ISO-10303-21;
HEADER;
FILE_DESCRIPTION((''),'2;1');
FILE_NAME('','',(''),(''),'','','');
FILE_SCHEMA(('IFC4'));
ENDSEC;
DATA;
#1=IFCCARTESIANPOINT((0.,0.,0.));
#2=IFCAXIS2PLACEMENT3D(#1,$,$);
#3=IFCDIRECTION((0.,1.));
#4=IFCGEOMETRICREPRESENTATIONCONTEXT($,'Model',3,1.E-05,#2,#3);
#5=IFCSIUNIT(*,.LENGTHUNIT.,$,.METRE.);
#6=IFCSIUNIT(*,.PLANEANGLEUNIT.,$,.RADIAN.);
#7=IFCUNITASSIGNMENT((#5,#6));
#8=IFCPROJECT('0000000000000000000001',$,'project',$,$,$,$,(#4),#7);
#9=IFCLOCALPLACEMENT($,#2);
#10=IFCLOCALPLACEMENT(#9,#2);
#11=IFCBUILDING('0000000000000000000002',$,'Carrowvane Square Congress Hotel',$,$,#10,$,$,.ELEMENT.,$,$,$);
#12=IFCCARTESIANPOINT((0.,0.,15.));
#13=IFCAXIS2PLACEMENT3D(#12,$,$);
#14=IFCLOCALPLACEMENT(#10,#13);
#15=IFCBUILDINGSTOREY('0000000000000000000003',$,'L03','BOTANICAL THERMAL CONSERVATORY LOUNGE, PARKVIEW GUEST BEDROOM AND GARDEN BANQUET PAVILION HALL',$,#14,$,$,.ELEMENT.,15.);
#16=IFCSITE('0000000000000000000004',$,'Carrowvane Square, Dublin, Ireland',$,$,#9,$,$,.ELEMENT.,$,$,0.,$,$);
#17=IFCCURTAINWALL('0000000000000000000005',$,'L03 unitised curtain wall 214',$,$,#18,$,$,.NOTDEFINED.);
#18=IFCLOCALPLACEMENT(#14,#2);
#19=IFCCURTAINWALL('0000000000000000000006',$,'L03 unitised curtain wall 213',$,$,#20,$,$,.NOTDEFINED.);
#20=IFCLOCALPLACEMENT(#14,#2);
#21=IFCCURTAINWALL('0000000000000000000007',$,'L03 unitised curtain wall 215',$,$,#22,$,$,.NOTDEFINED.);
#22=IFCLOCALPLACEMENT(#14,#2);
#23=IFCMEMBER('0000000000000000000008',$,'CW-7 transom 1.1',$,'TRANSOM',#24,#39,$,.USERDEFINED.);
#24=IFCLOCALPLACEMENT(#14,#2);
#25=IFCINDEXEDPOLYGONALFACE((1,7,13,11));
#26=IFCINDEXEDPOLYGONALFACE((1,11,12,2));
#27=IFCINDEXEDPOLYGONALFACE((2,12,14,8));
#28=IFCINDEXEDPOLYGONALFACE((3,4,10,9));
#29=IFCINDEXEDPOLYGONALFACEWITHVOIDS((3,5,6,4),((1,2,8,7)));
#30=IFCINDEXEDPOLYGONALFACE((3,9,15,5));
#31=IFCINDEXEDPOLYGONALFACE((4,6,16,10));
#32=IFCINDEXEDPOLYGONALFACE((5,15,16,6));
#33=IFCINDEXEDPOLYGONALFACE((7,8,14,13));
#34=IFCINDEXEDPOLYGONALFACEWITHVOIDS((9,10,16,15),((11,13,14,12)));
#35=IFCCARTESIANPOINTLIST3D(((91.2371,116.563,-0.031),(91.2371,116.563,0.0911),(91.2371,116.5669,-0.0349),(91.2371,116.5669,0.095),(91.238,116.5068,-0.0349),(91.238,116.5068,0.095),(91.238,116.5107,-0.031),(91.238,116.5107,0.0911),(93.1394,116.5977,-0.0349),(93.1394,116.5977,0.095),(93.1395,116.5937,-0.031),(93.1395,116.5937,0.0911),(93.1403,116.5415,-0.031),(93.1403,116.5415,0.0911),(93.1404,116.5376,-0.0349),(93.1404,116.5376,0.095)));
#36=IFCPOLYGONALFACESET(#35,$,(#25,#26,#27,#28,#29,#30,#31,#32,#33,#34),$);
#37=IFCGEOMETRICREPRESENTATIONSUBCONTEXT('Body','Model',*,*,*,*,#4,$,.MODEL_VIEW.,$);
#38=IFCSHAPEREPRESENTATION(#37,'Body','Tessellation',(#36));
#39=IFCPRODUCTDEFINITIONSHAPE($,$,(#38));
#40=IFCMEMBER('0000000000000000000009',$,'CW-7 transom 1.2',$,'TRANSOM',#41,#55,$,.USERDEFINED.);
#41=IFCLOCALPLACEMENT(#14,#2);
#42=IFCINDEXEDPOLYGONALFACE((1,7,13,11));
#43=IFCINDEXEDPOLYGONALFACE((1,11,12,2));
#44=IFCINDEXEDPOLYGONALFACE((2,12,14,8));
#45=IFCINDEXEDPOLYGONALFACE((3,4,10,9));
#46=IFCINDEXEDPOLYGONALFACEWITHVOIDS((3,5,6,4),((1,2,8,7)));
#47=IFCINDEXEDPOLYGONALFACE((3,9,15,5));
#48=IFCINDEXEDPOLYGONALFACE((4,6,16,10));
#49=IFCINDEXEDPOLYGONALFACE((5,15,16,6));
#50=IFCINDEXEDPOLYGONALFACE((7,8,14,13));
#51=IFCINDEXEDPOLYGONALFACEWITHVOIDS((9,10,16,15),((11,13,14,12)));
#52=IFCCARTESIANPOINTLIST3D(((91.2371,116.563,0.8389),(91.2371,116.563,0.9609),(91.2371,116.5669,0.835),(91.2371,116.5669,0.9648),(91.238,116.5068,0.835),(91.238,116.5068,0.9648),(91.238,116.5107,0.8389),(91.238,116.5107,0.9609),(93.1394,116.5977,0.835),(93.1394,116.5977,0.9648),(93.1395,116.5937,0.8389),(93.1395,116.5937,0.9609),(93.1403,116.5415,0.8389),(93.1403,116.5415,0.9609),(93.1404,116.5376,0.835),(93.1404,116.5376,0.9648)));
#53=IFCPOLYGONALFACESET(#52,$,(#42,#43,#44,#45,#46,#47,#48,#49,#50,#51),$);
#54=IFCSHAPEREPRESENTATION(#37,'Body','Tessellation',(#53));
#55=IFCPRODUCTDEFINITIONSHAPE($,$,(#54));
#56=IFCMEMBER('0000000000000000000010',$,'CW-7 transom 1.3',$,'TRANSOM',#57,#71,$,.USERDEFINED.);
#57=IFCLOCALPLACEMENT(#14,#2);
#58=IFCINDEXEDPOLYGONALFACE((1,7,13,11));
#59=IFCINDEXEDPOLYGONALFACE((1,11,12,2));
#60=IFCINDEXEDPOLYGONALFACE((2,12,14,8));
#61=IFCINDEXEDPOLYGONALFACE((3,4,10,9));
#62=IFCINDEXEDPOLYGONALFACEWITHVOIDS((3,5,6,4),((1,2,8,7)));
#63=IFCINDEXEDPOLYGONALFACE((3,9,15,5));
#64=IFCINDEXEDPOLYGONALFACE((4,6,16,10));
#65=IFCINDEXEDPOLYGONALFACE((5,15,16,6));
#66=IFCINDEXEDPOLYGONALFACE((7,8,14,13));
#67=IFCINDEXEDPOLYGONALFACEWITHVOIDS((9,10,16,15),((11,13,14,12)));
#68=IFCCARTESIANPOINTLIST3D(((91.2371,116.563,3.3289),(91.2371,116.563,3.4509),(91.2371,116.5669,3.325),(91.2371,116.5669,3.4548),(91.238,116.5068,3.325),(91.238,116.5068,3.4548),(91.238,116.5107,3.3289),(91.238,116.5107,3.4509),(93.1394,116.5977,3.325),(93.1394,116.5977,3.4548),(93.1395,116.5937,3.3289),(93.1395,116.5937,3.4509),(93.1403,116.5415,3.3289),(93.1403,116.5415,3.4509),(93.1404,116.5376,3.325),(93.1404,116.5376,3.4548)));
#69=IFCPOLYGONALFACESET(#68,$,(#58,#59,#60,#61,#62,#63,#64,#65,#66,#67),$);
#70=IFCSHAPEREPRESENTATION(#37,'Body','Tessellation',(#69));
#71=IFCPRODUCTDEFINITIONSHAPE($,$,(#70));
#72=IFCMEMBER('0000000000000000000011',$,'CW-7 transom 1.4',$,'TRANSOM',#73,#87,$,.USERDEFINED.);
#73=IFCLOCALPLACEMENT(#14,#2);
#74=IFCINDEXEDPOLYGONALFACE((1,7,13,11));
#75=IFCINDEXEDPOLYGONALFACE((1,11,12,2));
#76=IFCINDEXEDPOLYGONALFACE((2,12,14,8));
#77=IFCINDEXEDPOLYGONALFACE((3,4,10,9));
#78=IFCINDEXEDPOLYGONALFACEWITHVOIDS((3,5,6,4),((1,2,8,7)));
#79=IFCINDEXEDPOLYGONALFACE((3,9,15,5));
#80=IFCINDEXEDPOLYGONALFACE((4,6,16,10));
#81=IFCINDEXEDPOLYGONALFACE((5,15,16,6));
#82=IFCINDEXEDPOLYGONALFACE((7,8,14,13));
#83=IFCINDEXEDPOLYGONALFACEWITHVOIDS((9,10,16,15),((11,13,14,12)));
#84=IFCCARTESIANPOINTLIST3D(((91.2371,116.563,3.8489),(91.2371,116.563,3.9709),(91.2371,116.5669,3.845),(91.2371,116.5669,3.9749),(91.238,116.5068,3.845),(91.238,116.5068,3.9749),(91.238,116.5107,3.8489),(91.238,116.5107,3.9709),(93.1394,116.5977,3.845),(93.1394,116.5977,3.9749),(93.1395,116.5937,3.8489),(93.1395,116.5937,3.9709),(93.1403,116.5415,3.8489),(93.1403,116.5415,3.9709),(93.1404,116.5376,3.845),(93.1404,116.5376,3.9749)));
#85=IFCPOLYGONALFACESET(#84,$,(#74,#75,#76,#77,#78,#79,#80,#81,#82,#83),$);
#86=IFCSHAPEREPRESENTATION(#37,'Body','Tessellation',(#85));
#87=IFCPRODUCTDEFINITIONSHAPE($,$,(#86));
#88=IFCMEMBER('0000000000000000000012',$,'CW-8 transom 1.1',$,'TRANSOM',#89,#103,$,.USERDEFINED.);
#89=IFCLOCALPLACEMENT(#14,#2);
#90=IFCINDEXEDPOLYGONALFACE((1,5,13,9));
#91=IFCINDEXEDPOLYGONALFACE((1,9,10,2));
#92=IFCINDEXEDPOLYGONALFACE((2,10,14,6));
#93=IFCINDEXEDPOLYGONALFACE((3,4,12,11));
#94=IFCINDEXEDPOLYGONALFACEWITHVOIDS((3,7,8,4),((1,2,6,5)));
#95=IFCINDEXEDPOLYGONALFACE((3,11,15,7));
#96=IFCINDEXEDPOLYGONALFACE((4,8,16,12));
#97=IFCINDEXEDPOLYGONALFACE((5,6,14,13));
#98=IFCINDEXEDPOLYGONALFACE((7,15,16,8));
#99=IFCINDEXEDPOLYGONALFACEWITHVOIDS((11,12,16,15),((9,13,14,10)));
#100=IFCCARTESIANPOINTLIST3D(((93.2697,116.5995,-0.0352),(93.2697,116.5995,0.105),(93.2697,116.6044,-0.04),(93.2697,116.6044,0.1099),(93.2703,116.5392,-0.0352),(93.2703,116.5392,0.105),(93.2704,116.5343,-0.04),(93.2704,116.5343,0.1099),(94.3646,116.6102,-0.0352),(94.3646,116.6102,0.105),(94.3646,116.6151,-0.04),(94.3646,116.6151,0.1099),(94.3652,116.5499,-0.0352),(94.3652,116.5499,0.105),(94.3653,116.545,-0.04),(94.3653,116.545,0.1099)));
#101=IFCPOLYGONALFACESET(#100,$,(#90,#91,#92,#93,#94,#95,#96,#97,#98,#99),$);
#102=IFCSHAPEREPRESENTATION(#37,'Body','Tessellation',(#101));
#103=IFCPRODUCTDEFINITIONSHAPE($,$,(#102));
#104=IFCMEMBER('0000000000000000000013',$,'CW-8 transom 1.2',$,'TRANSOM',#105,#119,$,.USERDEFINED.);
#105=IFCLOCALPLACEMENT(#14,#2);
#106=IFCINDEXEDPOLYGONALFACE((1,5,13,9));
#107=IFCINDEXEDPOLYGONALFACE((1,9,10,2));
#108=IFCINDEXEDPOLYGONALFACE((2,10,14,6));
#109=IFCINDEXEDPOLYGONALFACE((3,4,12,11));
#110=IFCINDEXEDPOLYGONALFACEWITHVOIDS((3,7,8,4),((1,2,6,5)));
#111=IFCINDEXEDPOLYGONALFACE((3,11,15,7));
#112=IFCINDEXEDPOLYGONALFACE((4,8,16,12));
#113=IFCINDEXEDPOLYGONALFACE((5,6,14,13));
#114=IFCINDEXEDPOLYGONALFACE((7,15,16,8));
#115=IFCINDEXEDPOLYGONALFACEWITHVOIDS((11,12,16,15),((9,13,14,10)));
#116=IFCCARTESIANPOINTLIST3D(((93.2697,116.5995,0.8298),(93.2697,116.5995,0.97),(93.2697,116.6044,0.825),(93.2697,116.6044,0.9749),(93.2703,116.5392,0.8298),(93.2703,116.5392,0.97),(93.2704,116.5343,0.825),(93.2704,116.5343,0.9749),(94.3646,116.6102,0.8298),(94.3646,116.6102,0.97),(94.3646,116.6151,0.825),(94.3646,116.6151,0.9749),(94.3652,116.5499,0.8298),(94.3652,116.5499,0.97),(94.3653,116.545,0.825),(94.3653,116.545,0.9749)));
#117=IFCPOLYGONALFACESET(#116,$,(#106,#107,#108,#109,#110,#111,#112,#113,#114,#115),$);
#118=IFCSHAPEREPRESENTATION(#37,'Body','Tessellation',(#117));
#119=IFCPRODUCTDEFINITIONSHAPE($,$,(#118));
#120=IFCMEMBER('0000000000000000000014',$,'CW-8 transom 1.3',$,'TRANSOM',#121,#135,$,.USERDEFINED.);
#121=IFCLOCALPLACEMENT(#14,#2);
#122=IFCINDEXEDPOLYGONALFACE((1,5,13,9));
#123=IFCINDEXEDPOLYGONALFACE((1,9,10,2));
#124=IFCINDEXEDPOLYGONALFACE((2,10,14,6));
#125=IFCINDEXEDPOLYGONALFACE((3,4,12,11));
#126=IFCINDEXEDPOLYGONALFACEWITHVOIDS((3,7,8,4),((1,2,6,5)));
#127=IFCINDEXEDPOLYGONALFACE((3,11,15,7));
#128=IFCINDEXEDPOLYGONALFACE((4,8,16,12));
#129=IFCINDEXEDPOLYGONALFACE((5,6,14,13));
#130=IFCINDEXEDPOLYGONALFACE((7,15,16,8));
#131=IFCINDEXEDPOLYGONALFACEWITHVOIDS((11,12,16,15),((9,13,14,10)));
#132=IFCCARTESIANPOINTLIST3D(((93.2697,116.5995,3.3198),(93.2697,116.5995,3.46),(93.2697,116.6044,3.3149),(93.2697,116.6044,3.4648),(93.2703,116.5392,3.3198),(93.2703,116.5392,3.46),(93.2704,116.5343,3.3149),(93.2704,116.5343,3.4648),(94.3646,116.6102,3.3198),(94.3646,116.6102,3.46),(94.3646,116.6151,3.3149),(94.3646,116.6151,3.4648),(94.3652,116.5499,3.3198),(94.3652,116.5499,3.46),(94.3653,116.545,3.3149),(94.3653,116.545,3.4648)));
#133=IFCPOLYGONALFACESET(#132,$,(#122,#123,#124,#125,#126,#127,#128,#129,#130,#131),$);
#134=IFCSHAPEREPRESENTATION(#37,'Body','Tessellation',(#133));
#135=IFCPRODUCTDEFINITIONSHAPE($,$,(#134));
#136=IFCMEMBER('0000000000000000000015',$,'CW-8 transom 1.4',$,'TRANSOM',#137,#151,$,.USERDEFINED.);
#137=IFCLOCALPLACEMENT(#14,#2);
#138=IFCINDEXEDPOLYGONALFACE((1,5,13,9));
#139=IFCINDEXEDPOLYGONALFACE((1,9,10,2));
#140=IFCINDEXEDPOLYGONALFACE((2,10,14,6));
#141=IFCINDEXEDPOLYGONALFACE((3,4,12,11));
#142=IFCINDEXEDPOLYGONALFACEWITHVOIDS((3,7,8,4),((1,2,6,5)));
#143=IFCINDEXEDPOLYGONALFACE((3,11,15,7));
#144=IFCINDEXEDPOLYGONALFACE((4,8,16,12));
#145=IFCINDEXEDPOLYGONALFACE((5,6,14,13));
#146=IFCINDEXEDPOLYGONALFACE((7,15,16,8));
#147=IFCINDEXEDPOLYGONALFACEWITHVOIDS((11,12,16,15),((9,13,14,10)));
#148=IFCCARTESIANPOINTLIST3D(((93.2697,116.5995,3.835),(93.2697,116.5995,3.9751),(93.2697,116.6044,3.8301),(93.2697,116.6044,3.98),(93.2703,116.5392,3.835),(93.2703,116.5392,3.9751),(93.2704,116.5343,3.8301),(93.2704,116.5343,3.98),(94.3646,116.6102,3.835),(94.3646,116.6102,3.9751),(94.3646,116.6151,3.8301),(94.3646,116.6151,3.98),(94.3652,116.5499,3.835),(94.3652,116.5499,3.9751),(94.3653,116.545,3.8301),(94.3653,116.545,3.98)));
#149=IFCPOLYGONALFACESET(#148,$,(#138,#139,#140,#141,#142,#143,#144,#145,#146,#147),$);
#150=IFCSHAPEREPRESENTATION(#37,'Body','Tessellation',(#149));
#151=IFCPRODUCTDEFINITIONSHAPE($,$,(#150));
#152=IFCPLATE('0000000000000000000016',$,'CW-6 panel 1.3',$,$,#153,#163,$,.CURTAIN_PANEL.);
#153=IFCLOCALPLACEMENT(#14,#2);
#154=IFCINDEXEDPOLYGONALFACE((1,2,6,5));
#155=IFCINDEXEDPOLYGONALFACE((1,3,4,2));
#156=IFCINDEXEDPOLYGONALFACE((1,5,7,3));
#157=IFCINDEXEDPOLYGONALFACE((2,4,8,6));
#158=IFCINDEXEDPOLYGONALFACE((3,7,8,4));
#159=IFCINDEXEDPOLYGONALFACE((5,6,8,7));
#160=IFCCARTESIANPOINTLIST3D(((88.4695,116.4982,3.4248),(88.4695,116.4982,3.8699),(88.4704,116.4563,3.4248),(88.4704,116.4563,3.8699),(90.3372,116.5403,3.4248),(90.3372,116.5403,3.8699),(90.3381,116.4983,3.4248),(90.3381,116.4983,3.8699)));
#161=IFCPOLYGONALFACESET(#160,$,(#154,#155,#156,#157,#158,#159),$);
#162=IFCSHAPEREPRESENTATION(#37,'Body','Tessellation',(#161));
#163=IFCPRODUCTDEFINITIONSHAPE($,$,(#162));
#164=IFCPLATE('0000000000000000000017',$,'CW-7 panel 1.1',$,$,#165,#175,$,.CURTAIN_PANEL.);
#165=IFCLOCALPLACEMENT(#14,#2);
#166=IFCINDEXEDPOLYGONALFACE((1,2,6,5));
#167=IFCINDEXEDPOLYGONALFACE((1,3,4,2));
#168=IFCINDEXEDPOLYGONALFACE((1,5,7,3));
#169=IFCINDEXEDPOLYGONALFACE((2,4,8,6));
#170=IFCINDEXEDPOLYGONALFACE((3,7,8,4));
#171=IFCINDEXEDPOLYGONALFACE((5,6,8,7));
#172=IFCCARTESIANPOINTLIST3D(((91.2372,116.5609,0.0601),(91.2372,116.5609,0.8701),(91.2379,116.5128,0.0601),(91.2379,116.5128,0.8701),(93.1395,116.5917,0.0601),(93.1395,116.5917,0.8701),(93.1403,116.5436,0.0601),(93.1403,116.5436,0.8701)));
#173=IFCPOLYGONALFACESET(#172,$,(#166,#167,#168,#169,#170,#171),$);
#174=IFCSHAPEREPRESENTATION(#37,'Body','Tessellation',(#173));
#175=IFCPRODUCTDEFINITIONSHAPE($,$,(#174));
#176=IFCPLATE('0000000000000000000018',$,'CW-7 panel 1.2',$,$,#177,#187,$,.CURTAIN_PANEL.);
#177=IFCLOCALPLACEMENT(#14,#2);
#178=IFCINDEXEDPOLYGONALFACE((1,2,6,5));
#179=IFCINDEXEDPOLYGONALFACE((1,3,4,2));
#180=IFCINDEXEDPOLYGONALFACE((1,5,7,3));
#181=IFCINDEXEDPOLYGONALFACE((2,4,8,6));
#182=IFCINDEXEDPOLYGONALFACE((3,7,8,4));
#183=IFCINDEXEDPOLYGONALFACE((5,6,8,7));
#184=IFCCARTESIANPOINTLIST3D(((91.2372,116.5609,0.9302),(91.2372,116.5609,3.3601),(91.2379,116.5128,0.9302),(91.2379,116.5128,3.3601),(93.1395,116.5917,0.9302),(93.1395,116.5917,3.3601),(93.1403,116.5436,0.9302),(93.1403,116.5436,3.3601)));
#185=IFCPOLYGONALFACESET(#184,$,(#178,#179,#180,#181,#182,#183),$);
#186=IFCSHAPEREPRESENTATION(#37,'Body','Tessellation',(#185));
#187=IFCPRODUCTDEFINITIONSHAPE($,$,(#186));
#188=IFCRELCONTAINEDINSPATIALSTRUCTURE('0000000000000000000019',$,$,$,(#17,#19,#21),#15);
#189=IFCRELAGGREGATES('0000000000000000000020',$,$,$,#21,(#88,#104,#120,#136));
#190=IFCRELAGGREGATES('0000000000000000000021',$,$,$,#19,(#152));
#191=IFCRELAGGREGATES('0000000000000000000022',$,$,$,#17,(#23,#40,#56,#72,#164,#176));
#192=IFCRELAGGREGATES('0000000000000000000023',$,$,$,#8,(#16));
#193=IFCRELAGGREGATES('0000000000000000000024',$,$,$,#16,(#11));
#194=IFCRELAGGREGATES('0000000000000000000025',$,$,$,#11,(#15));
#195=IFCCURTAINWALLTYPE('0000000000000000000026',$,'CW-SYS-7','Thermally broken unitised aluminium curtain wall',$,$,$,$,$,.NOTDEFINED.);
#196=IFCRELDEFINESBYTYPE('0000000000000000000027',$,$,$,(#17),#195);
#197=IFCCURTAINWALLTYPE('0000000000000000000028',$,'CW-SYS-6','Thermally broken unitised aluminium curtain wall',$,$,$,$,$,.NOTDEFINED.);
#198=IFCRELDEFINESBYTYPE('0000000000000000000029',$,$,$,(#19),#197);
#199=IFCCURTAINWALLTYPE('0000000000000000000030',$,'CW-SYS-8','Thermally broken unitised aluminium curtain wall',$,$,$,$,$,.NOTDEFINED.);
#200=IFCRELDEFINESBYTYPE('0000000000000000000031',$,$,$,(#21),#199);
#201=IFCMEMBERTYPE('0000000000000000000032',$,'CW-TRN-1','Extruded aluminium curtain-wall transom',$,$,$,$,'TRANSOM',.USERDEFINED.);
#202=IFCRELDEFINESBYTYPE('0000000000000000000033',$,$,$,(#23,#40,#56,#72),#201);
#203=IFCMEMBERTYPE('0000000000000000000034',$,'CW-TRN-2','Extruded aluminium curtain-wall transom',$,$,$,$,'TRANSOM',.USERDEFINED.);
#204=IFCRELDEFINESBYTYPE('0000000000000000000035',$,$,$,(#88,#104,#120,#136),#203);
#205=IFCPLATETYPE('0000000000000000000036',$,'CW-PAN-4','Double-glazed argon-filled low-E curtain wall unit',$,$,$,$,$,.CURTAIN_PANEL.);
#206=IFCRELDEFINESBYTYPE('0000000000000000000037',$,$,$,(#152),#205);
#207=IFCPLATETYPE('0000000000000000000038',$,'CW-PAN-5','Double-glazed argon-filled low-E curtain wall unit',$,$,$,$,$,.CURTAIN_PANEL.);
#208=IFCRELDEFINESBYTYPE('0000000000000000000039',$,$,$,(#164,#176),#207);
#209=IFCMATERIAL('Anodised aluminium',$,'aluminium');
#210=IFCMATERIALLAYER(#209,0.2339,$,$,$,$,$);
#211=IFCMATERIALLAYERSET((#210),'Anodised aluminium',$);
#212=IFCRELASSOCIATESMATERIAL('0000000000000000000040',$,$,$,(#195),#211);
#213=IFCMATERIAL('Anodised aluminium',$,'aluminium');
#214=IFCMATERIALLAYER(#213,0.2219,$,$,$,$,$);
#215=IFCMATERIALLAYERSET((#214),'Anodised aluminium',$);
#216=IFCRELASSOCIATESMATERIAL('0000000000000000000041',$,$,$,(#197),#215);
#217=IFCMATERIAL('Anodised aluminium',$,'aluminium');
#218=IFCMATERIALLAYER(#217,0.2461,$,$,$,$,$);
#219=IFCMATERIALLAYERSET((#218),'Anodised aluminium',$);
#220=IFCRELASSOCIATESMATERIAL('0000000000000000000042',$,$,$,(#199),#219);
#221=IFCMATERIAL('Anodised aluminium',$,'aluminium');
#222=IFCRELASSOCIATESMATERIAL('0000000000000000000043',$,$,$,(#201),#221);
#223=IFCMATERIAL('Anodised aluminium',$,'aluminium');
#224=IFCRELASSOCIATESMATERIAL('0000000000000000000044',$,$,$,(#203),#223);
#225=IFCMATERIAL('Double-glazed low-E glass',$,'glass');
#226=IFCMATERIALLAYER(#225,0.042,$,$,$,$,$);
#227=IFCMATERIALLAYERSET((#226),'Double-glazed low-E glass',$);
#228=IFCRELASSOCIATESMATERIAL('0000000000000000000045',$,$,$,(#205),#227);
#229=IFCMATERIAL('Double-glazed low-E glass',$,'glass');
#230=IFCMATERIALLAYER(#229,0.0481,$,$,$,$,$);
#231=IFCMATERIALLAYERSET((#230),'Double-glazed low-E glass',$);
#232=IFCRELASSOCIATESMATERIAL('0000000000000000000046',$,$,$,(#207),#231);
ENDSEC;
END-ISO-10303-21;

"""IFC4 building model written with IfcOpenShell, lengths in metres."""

from ifc_helpers import new_model, si_unit, direction, frame, origin, origin_2d, place, context, subcontext, project, spatial, rectangle, hollow_rectangle, extrude, material, layer, layer_set, material_profile, profile_set, type_object, element, aggregate, save


model = new_model("IFC4")

# Units and contexts
model_context = context("Model", 3, precision=1e-05, world=origin(), true_north=direction((0.0, 1.0)))
body_context = subcontext(model_context, "Body", "Model", "MODEL_VIEW")
ifc_project = project(units=[si_unit("LENGTHUNIT", "METRE"), si_unit("PLANEANGLEUNIT", "RADIAN")], contexts=[model_context])

# Site, building, storey
site_placement = place(None, origin())
site = spatial("IfcSite", under=ifc_project, at=site_placement, Name="Carrowvane Square, Dublin, Ireland", CompositionType="ELEMENT", RefElevation=0.0)
building_placement = place(site_placement, origin())
building = spatial("IfcBuilding", under=site, at=building_placement, Name="Carrowvane Square Congress Hotel", CompositionType="ELEMENT")
storey_placement = place(building_placement, frame((0.0, 0.0, 15.0)))
storey = spatial("IfcBuildingStorey", under=building, at=storey_placement, Name="L03", Description="BOTANICAL THERMAL CONSERVATORY LOUNGE, PARKVIEW GUEST BEDROOM AND GARDEN BANQUET PAVILION HALL", CompositionType="ELEMENT", Elevation=15.0)

# Curtain wall
ifc_material_1 = material(Name="Anodised aluminium", Category="aluminium")
ifc_layer_1 = layer(ifc_material_1, 0.2339)
ifc_layer_set_1 = layer_set([ifc_layer_1], Name="Anodised aluminium")
curtain_wall_type_1 = type_object("IfcCurtainWallType", Name="CW-SYS-7", Description="Thermally broken unitised aluminium curtain wall", PredefinedType="NOTDEFINED", material=ifc_layer_set_1)
curtain_wall_1_placement = place(storey_placement, origin())
curtain_wall_1 = element("IfcCurtainWall", 1, at=curtain_wall_1_placement, inside=storey, type_object=curtain_wall_type_1, Name="L03 unitised curtain wall 214", PredefinedType="NOTDEFINED")

# Curtain walls
ifc_material_2 = material(Name="Anodised aluminium", Category="aluminium")
ifc_layer_2 = layer(ifc_material_2, 0.2219)
ifc_layer_set_2 = layer_set([ifc_layer_2], Name="Anodised aluminium")
curtain_wall_type_2 = type_object("IfcCurtainWallType", Name="CW-SYS-6", Description="Thermally broken unitised aluminium curtain wall", PredefinedType="NOTDEFINED", material=ifc_layer_set_2)
curtain_wall_2_placement = place(storey_placement, origin())
curtain_wall_2 = element("IfcCurtainWall", 2, at=curtain_wall_2_placement, inside=storey, type_object=curtain_wall_type_2, Name="L03 unitised curtain wall 213", PredefinedType="NOTDEFINED")
ifc_material_3 = material(Name="Anodised aluminium", Category="aluminium")
ifc_layer_3 = layer(ifc_material_3, 0.2461)
ifc_layer_set_3 = layer_set([ifc_layer_3], Name="Anodised aluminium")
curtain_wall_type_3 = type_object("IfcCurtainWallType", Name="CW-SYS-8", Description="Thermally broken unitised aluminium curtain wall", PredefinedType="NOTDEFINED", material=ifc_layer_set_3)
curtain_wall_3_placement = place(storey_placement, origin())
curtain_wall_3 = element("IfcCurtainWall", 3, at=curtain_wall_3_placement, inside=storey, type_object=curtain_wall_type_3, Name="L03 unitised curtain wall 215", PredefinedType="NOTDEFINED")

# Members
ifc_material_4 = material(Name="Anodised aluminium", Category="aluminium")
ifc_material_profile_1 = material_profile(ifc_material_4, hollow_rectangle(XDim=0.0601, YDim=0.1299, WallThickness=0.0039, at=origin_2d()), Name="CW-TR 60x130x4")
ifc_profile_set_1 = profile_set([ifc_material_profile_1], Name="Anodised aluminium")
member_type_1 = type_object("IfcMemberType", Name="CW-TRN-1", Description="Extruded aluminium curtain-wall transom", ElementType="TRANSOM", PredefinedType="USERDEFINED", material=ifc_profile_set_1)
member_1_placement = place(storey_placement, frame((91.2375, 116.5369, 0.03), z_axis=(0.999869, 0.016168, 0.0), x_axis=(-0.016168, 0.999869, 0.0)))
member_1 = element("IfcMember", 4, at=member_1_placement, type_object=member_type_1, Name="CW-7 transom 1.1", ObjectType="TRANSOM", PredefinedType="USERDEFINED", context=body_context, shape_type="SweptSolid", body=[
    extrude(hollow_rectangle(XDim=0.0601, YDim=0.1299, WallThickness=0.0039, at=origin_2d()), origin(), (0.0, 0.0, 1.0), 1.9026),
])
member_2_placement = place(storey_placement, frame((91.2375, 116.5369, 0.8999), z_axis=(0.999869, 0.016168, 0.0), x_axis=(-0.016168, 0.999869, 0.0)))
member_2 = element("IfcMember", 5, at=member_2_placement, type_object=member_type_1, Name="CW-7 transom 1.2", ObjectType="TRANSOM", PredefinedType="USERDEFINED", context=body_context, shape_type="SweptSolid", body=[
    extrude(hollow_rectangle(XDim=0.0601, YDim=0.1299, WallThickness=0.0039, at=origin_2d()), origin(), (0.0, 0.0, 1.0), 1.9026),
])
member_3_placement = place(storey_placement, frame((91.2375, 116.5369, 3.3899), z_axis=(0.999869, 0.016168, 0.0), x_axis=(-0.016168, 0.999869, 0.0)))
member_3 = element("IfcMember", 6, at=member_3_placement, type_object=member_type_1, Name="CW-7 transom 1.3", ObjectType="TRANSOM", PredefinedType="USERDEFINED", context=body_context, shape_type="SweptSolid", body=[
    extrude(hollow_rectangle(XDim=0.0601, YDim=0.1299, WallThickness=0.0039, at=origin_2d()), origin(), (0.0, 0.0, 1.0), 1.9026),
])
member_4_placement = place(storey_placement, frame((91.2375, 116.5369, 3.9099), z_axis=(0.999869, 0.016168, 0.0), x_axis=(-0.016168, 0.999869, 0.0)))
member_4 = element("IfcMember", 7, at=member_4_placement, type_object=member_type_1, Name="CW-7 transom 1.4", ObjectType="TRANSOM", PredefinedType="USERDEFINED", context=body_context, shape_type="SweptSolid", body=[
    extrude(hollow_rectangle(XDim=0.0601, YDim=0.1299, WallThickness=0.0039, at=origin_2d()), origin(), (0.0, 0.0, 1.0), 1.9026),
])
ifc_material_5 = material(Name="Anodised aluminium", Category="aluminium")
ifc_material_profile_2 = material_profile(ifc_material_5, hollow_rectangle(XDim=0.0701, YDim=0.1499, WallThickness=0.0049, at=origin_2d()), Name="CW-TR 70x150x5")
ifc_profile_set_2 = profile_set([ifc_material_profile_2], Name="Anodised aluminium")
member_type_2 = type_object("IfcMemberType", Name="CW-TRN-2", Description="Extruded aluminium curtain-wall transom", ElementType="TRANSOM", PredefinedType="USERDEFINED", material=ifc_profile_set_2)
member_5_placement = place(storey_placement, frame((93.27, 116.5693, 0.0349), z_axis=(0.999952, 0.00981, 0.0), x_axis=(-0.00981, 0.999952, 0.0)))
member_5 = element("IfcMember", 8, at=member_5_placement, type_object=member_type_2, Name="CW-8 transom 1.1", ObjectType="TRANSOM", PredefinedType="USERDEFINED", context=body_context, shape_type="SweptSolid", body=[
    extrude(hollow_rectangle(XDim=0.0701, YDim=0.1499, WallThickness=0.0049, at=origin_2d()), origin(), (0.0, 0.0, 1.0), 1.095),
])
member_6_placement = place(storey_placement, frame((93.27, 116.5693, 0.8999), z_axis=(0.999952, 0.00981, 0.0), x_axis=(-0.00981, 0.999952, 0.0)))
member_6 = element("IfcMember", 9, at=member_6_placement, type_object=member_type_2, Name="CW-8 transom 1.2", ObjectType="TRANSOM", PredefinedType="USERDEFINED", context=body_context, shape_type="SweptSolid", body=[
    extrude(hollow_rectangle(XDim=0.0701, YDim=0.1499, WallThickness=0.0049, at=origin_2d()), origin(), (0.0, 0.0, 1.0), 1.095),
])
member_7_placement = place(storey_placement, frame((93.27, 116.5693, 3.3899), z_axis=(0.999952, 0.00981, 0.0), x_axis=(-0.00981, 0.999952, 0.0)))
member_7 = element("IfcMember", 10, at=member_7_placement, type_object=member_type_2, Name="CW-8 transom 1.3", ObjectType="TRANSOM", PredefinedType="USERDEFINED", context=body_context, shape_type="SweptSolid", body=[
    extrude(hollow_rectangle(XDim=0.0701, YDim=0.1499, WallThickness=0.0049, at=origin_2d()), origin(), (0.0, 0.0, 1.0), 1.095),
])
member_8_placement = place(storey_placement, frame((93.27, 116.5693, 3.905), z_axis=(0.999952, 0.00981, 0.0), x_axis=(-0.00981, 0.999952, 0.0)))
member_8 = element("IfcMember", 11, at=member_8_placement, type_object=member_type_2, Name="CW-8 transom 1.4", ObjectType="TRANSOM", PredefinedType="USERDEFINED", context=body_context, shape_type="SweptSolid", body=[
    extrude(hollow_rectangle(XDim=0.0701, YDim=0.1499, WallThickness=0.0049, at=origin_2d()), origin(), (0.0, 0.0, 1.0), 1.095),
])
aggregate(curtain_wall_3, [member_5, member_6, member_7, member_8])

# Plates
ifc_material_6 = material(Name="Double-glazed low-E glass", Category="glass")
ifc_layer_4 = layer(ifc_material_6, 0.042)
ifc_layer_set_4 = layer_set([ifc_layer_4], Name="Double-glazed low-E glass")
plate_type_1 = type_object("IfcPlateType", Name="CW-PAN-4", Description="Double-glazed argon-filled low-E curtain wall unit", PredefinedType="CURTAIN_PANEL", material=ifc_layer_set_4)
plate_1_placement = place(storey_placement, frame((89.4038, 116.4983, 3.4248), z_axis=(0.0, 0.0, 1.0), x_axis=(0.999746, 0.022518, 0.0)))
plate_1 = element("IfcPlate", 12, at=plate_1_placement, type_object=plate_type_1, Name="CW-6 panel 1.3", PredefinedType="CURTAIN_PANEL", context=body_context, shape_type="SweptSolid", body=[
    extrude(rectangle(XDim=1.8682, YDim=0.042, at=origin_2d()), origin(), (0.0, 0.0, 1.0), 0.4451),
])
aggregate(curtain_wall_2, [plate_1])
ifc_material_7 = material(Name="Double-glazed low-E glass", Category="glass")
ifc_layer_5 = layer(ifc_material_7, 0.0481)
ifc_layer_set_5 = layer_set([ifc_layer_5], Name="Double-glazed low-E glass")
plate_type_2 = type_object("IfcPlateType", Name="CW-PAN-5", Description="Double-glazed argon-filled low-E curtain wall unit", PredefinedType="CURTAIN_PANEL", material=ifc_layer_set_5)
plate_2_placement = place(storey_placement, frame((92.1887, 116.5522, 0.0601), z_axis=(0.0, 0.0, 1.0), x_axis=(0.999869, 0.016216, 0.0)))
plate_2 = element("IfcPlate", 13, at=plate_2_placement, type_object=plate_type_2, Name="CW-7 panel 1.1", PredefinedType="CURTAIN_PANEL", context=body_context, shape_type="SweptSolid", body=[
    extrude(rectangle(XDim=1.9026, YDim=0.0481, at=origin_2d()), origin(), (0.0, 0.0, 1.0), 0.8101),
])
plate_3_placement = place(storey_placement, frame((92.1887, 116.5522, 0.9302), z_axis=(0.0, 0.0, 1.0), x_axis=(0.999869, 0.016216, 0.0)))
plate_3 = element("IfcPlate", 14, at=plate_3_placement, type_object=plate_type_2, Name="CW-7 panel 1.2", PredefinedType="CURTAIN_PANEL", context=body_context, shape_type="SweptSolid", body=[
    extrude(rectangle(XDim=1.9026, YDim=0.0481, at=origin_2d()), origin(), (0.0, 0.0, 1.0), 2.4299),
])
aggregate(curtain_wall_1, [member_1, member_2, member_3, member_4, plate_2, plate_3])

save(model, "model.ifc")
